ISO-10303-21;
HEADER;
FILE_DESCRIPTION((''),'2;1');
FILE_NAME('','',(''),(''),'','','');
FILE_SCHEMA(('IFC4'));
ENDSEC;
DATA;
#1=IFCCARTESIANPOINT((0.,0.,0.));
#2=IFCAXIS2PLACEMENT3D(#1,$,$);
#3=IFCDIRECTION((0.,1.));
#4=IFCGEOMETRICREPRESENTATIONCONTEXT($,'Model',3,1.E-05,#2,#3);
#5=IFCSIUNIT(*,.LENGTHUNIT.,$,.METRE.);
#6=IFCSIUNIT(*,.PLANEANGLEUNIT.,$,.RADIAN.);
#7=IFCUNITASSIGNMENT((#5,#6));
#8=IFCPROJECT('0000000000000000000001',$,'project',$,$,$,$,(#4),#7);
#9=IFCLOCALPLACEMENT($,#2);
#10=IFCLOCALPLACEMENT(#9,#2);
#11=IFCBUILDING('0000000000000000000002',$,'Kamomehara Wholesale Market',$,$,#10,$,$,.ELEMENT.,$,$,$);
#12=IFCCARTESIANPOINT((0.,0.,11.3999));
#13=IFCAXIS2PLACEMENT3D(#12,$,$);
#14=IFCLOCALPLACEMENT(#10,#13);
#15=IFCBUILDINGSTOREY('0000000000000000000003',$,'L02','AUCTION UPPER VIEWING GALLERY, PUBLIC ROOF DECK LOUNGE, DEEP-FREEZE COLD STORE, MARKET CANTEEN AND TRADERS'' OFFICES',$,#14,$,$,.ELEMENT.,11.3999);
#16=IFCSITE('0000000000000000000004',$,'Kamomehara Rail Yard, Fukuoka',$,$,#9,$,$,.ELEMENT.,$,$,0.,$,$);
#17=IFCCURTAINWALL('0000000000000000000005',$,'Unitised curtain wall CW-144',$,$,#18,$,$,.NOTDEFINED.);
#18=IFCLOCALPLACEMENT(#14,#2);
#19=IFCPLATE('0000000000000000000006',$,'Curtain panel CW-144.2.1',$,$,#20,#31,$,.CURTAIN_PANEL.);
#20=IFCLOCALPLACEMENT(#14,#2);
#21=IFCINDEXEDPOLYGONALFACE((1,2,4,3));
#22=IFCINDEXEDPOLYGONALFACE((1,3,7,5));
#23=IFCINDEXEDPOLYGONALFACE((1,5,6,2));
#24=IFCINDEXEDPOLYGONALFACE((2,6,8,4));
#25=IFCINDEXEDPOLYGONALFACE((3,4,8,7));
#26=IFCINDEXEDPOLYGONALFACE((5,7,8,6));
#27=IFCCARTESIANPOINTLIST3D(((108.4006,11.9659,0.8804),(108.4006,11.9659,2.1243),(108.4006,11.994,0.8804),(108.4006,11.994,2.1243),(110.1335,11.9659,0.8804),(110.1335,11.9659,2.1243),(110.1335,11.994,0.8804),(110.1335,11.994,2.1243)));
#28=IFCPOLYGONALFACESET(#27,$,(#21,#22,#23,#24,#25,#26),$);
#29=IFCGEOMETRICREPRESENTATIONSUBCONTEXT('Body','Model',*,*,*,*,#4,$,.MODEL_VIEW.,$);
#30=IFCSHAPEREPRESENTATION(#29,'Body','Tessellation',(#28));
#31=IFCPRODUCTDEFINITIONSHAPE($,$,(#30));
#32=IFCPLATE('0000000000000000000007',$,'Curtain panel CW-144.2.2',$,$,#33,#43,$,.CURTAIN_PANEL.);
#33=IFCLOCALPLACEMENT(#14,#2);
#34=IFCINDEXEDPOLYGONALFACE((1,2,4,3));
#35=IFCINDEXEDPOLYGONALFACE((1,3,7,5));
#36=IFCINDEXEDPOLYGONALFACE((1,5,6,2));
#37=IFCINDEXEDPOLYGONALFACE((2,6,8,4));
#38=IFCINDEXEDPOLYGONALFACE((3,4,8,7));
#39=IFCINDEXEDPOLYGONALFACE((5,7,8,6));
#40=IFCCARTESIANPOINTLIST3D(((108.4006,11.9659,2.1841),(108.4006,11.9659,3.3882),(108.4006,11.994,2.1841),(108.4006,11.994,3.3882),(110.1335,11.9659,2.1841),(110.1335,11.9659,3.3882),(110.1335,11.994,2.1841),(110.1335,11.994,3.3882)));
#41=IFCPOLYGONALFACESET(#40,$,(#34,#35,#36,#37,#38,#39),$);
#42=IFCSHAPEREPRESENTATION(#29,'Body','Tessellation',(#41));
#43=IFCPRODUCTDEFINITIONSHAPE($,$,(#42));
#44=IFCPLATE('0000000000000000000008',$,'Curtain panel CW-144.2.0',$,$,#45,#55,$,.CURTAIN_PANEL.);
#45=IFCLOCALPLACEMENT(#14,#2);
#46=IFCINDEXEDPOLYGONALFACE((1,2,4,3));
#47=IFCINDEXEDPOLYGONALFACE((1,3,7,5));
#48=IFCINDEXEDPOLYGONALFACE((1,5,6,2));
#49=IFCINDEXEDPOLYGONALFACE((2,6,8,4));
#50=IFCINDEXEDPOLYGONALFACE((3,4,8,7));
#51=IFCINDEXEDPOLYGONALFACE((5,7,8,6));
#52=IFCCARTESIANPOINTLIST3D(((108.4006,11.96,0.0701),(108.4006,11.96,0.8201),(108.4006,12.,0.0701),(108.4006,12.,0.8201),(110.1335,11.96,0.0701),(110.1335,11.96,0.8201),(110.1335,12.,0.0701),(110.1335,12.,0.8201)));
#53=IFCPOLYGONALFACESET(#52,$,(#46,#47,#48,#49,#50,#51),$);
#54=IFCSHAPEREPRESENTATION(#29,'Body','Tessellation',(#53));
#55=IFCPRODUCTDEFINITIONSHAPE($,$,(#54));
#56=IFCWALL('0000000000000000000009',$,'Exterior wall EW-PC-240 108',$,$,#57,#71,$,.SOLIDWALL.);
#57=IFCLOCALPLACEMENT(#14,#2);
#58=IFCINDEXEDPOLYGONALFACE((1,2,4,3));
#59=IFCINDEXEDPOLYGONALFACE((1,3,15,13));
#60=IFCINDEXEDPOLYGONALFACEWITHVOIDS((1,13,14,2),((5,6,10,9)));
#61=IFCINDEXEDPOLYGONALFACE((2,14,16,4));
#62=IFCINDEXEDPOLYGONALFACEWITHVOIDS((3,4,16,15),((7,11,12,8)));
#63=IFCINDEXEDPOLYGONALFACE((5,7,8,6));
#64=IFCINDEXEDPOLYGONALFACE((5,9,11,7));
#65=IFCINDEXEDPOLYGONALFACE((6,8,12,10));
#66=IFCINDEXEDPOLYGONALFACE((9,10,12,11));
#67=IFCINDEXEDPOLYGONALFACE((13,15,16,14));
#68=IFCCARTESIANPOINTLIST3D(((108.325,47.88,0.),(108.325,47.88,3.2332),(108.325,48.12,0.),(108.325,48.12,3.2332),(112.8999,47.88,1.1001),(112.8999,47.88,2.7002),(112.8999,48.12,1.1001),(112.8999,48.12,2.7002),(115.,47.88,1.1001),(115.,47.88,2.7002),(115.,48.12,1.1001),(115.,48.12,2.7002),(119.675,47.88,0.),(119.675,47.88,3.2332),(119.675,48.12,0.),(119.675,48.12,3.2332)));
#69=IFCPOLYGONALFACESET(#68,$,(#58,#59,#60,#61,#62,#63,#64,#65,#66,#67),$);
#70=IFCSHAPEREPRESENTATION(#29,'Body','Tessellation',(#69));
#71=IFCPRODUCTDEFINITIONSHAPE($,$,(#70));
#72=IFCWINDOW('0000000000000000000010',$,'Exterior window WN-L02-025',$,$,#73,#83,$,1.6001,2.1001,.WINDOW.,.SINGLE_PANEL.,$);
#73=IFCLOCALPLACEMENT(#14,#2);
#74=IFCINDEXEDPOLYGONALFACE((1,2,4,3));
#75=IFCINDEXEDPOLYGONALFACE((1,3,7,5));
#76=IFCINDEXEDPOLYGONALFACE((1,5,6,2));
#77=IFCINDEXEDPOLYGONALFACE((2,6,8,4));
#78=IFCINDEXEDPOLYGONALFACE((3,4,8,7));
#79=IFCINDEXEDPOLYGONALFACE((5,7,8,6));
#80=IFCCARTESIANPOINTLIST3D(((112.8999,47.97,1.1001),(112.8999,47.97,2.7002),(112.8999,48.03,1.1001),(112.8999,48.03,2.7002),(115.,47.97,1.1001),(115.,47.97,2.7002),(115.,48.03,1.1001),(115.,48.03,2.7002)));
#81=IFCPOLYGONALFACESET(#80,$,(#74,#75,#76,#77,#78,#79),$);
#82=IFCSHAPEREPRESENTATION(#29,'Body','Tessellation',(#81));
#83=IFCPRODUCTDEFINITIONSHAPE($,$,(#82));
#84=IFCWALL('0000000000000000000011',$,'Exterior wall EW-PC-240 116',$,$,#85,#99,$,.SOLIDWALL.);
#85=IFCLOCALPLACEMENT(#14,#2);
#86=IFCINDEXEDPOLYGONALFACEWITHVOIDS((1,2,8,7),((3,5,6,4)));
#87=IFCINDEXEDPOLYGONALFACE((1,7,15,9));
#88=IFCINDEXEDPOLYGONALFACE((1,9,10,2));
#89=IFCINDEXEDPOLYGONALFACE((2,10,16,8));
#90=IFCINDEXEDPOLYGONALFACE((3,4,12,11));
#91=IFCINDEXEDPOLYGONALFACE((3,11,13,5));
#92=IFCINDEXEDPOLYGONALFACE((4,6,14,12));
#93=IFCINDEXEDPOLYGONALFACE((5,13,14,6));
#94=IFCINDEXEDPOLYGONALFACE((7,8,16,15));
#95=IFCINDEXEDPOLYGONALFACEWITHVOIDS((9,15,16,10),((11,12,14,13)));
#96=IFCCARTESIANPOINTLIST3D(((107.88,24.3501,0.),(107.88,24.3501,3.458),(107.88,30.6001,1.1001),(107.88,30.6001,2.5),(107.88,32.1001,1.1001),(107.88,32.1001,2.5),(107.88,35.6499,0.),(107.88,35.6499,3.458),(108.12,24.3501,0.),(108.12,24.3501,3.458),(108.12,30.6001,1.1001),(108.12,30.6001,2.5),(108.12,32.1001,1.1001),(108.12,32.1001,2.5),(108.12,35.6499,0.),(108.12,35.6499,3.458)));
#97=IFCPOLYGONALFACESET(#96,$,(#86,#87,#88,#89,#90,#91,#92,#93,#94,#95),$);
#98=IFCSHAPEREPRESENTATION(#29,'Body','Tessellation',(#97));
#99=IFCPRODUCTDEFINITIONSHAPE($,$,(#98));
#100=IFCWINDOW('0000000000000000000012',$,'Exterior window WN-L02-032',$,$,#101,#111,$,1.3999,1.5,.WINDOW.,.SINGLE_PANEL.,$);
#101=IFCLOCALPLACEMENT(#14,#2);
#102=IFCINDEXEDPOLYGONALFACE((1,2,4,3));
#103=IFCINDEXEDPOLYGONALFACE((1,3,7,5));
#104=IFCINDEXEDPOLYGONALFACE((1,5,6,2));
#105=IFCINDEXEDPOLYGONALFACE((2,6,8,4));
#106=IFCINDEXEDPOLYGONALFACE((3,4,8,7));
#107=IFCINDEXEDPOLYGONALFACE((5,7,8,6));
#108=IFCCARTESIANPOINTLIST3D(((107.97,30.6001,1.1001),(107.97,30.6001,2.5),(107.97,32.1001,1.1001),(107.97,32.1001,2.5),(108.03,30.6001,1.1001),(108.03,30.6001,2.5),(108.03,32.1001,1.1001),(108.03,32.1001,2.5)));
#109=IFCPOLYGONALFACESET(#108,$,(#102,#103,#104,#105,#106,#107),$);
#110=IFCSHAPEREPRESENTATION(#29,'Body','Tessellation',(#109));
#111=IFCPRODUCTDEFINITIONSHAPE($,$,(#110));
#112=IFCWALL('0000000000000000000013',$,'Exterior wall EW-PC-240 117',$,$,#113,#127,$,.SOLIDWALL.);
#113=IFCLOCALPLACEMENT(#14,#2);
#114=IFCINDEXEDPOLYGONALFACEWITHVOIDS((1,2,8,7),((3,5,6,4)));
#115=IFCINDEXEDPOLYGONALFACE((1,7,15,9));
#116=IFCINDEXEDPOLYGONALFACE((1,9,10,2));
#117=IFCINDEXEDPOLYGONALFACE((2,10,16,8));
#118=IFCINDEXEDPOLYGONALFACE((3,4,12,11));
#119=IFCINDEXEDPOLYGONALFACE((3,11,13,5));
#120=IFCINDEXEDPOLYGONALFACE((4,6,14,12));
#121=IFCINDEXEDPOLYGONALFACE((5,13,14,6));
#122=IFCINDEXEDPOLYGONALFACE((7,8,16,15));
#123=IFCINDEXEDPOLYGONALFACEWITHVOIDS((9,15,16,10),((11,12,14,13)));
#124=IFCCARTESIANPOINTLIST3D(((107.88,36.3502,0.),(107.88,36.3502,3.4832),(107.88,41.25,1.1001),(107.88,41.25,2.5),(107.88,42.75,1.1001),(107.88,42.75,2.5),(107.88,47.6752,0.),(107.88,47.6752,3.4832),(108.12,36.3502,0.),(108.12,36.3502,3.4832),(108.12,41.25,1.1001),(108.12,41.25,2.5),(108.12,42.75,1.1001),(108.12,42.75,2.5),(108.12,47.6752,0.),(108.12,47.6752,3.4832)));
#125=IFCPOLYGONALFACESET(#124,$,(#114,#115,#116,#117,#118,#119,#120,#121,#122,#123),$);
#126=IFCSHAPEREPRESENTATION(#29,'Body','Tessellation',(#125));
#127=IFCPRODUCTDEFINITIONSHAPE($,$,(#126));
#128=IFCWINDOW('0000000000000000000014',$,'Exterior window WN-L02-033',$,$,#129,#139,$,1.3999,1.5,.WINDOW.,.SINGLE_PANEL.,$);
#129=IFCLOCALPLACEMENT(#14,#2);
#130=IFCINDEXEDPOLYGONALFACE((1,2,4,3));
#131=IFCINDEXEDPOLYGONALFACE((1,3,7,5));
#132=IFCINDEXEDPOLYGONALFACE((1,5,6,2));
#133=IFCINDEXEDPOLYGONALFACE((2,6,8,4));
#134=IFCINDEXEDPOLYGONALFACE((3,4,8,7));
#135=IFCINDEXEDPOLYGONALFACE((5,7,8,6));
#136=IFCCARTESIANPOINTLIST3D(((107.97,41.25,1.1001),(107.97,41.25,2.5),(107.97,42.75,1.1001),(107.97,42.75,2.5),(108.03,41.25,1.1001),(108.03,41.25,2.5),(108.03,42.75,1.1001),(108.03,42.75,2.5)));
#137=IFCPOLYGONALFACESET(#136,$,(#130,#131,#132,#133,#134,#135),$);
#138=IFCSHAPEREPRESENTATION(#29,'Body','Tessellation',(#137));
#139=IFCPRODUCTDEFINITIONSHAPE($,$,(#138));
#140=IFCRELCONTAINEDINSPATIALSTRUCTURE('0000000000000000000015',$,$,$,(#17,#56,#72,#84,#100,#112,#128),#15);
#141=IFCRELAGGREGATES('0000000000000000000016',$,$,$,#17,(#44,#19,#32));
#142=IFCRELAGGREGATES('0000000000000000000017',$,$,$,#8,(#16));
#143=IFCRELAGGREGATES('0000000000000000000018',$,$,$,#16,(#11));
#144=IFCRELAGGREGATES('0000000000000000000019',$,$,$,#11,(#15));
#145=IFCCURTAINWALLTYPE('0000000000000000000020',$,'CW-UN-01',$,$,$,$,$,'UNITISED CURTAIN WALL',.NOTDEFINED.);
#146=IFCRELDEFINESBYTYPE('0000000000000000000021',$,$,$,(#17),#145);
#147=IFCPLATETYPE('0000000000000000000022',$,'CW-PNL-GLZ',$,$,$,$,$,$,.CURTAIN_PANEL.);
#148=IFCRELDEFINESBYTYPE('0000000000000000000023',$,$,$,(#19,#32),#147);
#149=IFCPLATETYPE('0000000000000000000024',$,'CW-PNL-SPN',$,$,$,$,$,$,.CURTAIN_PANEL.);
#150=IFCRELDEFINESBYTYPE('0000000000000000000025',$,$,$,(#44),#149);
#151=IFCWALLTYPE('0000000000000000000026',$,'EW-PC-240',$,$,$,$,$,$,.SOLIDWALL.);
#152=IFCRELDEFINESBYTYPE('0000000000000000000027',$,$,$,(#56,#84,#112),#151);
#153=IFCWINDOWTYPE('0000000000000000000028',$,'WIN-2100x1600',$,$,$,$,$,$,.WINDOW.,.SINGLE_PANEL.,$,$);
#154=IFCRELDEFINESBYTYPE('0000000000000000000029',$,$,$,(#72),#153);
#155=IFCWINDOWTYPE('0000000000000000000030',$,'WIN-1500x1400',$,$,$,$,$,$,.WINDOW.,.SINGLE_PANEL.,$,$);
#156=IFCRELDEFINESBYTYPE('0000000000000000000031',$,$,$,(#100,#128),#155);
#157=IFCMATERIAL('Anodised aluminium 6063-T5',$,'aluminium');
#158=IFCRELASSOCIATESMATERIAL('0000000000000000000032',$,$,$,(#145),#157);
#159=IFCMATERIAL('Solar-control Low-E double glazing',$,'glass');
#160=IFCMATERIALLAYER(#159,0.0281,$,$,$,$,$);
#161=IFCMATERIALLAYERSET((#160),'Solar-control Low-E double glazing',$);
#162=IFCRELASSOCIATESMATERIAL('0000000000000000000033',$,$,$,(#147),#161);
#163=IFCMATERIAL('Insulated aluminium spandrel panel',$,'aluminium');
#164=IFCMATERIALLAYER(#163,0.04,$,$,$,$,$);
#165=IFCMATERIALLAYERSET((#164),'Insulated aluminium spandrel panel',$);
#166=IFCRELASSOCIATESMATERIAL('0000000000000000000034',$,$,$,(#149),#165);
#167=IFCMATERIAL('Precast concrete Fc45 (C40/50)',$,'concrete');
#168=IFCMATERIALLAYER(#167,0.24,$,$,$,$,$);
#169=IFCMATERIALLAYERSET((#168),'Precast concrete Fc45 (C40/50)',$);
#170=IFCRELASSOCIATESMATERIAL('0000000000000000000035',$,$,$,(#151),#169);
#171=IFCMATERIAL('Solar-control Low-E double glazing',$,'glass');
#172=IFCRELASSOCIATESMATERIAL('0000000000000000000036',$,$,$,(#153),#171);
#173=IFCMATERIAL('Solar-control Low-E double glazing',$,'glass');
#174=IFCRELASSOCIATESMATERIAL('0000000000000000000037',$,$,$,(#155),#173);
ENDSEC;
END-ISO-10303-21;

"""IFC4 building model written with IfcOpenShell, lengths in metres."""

from ifc_helpers import new_model, si_unit, direction, frame, frame_2d, origin, origin_2d, place, context, subcontext, project, spatial, rectangle, extrude, material, layer, layer_set, type_object, element, fill, aggregate, save


model = new_model("IFC4")

# Units and contexts
model_context = context("Model", 3, precision=1e-05, world=origin(), true_north=direction((0.0, 1.0)))
body_context = subcontext(model_context, "Body", "Model", "MODEL_VIEW")
ifc_project = project(units=[si_unit("LENGTHUNIT", "METRE"), si_unit("PLANEANGLEUNIT", "RADIAN")], contexts=[model_context])

# Site, building, storey
site_placement = place(None, origin())
site = spatial("IfcSite", under=ifc_project, at=site_placement, Name="Kamomehara Rail Yard, Fukuoka", CompositionType="ELEMENT", RefElevation=0.0)
building_placement = place(site_placement, origin())
building = spatial("IfcBuilding", under=site, at=building_placement, Name="Kamomehara Wholesale Market", CompositionType="ELEMENT")
storey_placement = place(building_placement, frame((0.0, 0.0, 11.3999)))
storey = spatial("IfcBuildingStorey", under=building, at=storey_placement, Name="L02", Description="AUCTION UPPER VIEWING GALLERY, PUBLIC ROOF DECK LOUNGE, DEEP-FREEZE COLD STORE, MARKET CANTEEN AND TRADERS' OFFICES", CompositionType="ELEMENT", Elevation=11.3999)

# Curtain wall, plates
ifc_material_1 = material(Name="Anodised aluminium 6063-T5", Category="aluminium")
curtain_wall_type = type_object("IfcCurtainWallType", Name="CW-UN-01", ElementType="UNITISED CURTAIN WALL", PredefinedType="NOTDEFINED", material=ifc_material_1)
curtain_wall_placement = place(storey_placement, origin())
curtain_wall = element("IfcCurtainWall", 1, at=curtain_wall_placement, inside=storey, type_object=curtain_wall_type, Name="Unitised curtain wall CW-144", PredefinedType="NOTDEFINED")
ifc_material_2 = material(Name="Solar-control Low-E double glazing", Category="glass")
ifc_layer_1 = layer(ifc_material_2, 0.0281)
ifc_layer_set_1 = layer_set([ifc_layer_1], Name="Solar-control Low-E double glazing")
plate_type_1 = type_object("IfcPlateType", Name="CW-PNL-GLZ", PredefinedType="CURTAIN_PANEL", material=ifc_layer_set_1)
plate_1_placement = place(storey_placement, frame((109.2671, 11.98, 0.8804), z_axis=(0.0, 0.0, 1.0), x_axis=(-1.0, 0.0, 0.0)))
plate_1 = element("IfcPlate", 2, at=plate_1_placement, type_object=plate_type_1, Name="Curtain panel CW-144.2.1", PredefinedType="CURTAIN_PANEL", context=body_context, shape_type="SweptSolid", body=[
    extrude(rectangle(XDim=1.7329, YDim=0.0281, at=origin_2d()), origin(), (0.0, 0.0, 1.0), 1.2439),
])
plate_2_placement = place(storey_placement, frame((109.2671, 11.98, 2.1841), z_axis=(0.0, 0.0, 1.0), x_axis=(-1.0, 0.0, 0.0)))
plate_2 = element("IfcPlate", 3, at=plate_2_placement, type_object=plate_type_1, Name="Curtain panel CW-144.2.2", PredefinedType="CURTAIN_PANEL", context=body_context, shape_type="SweptSolid", body=[
    extrude(rectangle(XDim=1.7329, YDim=0.0281, at=origin_2d()), origin(), (0.0, 0.0, 1.0), 1.2041),
])
ifc_material_3 = material(Name="Insulated aluminium spandrel panel", Category="aluminium")
ifc_layer_2 = layer(ifc_material_3, 0.04)
ifc_layer_set_2 = layer_set([ifc_layer_2], Name="Insulated aluminium spandrel panel")
plate_type_2 = type_object("IfcPlateType", Name="CW-PNL-SPN", PredefinedType="CURTAIN_PANEL", material=ifc_layer_set_2)
plate_3_placement = place(storey_placement, frame((109.2671, 11.98, 0.0701), z_axis=(0.0, 0.0, 1.0), x_axis=(-1.0, 0.0, 0.0)))
plate_3 = element("IfcPlate", 4, at=plate_3_placement, type_object=plate_type_2, Name="Curtain panel CW-144.2.0", PredefinedType="CURTAIN_PANEL", context=body_context, shape_type="SweptSolid", body=[
    extrude(rectangle(XDim=1.7329, YDim=0.04, at=origin_2d()), origin(), (0.0, 0.0, 1.0), 0.75),
])
aggregate(curtain_wall, [plate_3, plate_1, plate_2])

# Walls, openings, windows
ifc_material_4 = material(Name="Precast concrete Fc45 (C40/50)", Category="concrete")
ifc_layer_3 = layer(ifc_material_4, 0.24)
ifc_layer_set_3 = layer_set([ifc_layer_3], Name="Precast concrete Fc45 (C40/50)")
wall_type_1 = type_object("IfcWallType", Name="EW-PC-240", PredefinedType="SOLIDWALL", material=ifc_layer_set_3)
wall_1_placement = place(storey_placement, frame((108.325, 48.0, 0.0), z_axis=(0.0, 0.0, 1.0), x_axis=(1.0, 0.0, 0.0)))
wall_1 = element("IfcWall", 5, at=wall_1_placement, inside=storey, type_object=wall_type_1, Name="Exterior wall EW-PC-240 108", PredefinedType="SOLIDWALL", context=body_context, shape_type="SweptSolid", body=[
    extrude(rectangle(XDim=11.3501, YDim=0.24, at=frame_2d((5.675, 0.0))), origin(), (0.0, 0.0, 1.0), 3.2332),
])
opening_1_placement = place(wall_1_placement, frame((4.575, 0.0, 1.1001)))
opening_1 = element("IfcOpeningElement", 6, at=opening_1_placement, cuts=wall_1, PredefinedType="OPENING", context=body_context, shape_type="SweptSolid", body=[
    extrude(rectangle(XDim=2.1001, YDim=1.6001, at=frame_2d((1.05, 0.8))), frame((0.0, 0.1348, 0.0), z_axis=(0.0, -1.0, 0.0), x_axis=(1.0, 0.0, 0.0)), (0.0, 0.0, 1.0), 0.2698),
])
ifc_material_5 = material(Name="Solar-control Low-E double glazing", Category="glass")
window_type_1 = type_object("IfcWindowType", Name="WIN-2100x1600", PartitioningType="SINGLE_PANEL", PredefinedType="WINDOW", material=ifc_material_5)
window_1_placement = place(opening_1_placement, origin())
window_1 = element("IfcWindow", 7, at=window_1_placement, inside=storey, type_object=window_type_1, Name="Exterior window WN-L02-025", OverallHeight=1.6001, OverallWidth=2.1001, PartitioningType="SINGLE_PANEL", PredefinedType="WINDOW", context=body_context, shape_type="SweptSolid", body=[
    extrude(rectangle(XDim=2.1001, YDim=1.6001, at=frame_2d((1.05, 0.8))), frame((0.0, 0.03, 0.0), z_axis=(0.0, -1.0, 0.0), x_axis=(1.0, 0.0, 0.0)), (0.0, 0.0, 1.0), 0.0601),
])
fill(opening_1, window_1)
wall_2_placement = place(storey_placement, frame((108.0, 24.3501, 0.0), z_axis=(0.0, 0.0, 1.0), x_axis=(0.0, 1.0, 0.0)))
wall_2 = element("IfcWall", 8, at=wall_2_placement, inside=storey, type_object=wall_type_1, Name="Exterior wall EW-PC-240 116", PredefinedType="SOLIDWALL", context=body_context, shape_type="SweptSolid", body=[
    extrude(rectangle(XDim=11.2998, YDim=0.24, at=frame_2d((5.6499, 0.0))), origin(), (0.0, 0.0, 1.0), 3.458),
])
opening_2_placement = place(wall_2_placement, frame((6.25, 0.0, 1.1001)))
opening_2 = element("IfcOpeningElement", 9, at=opening_2_placement, cuts=wall_2, PredefinedType="OPENING", context=body_context, shape_type="SweptSolid", body=[
    extrude(rectangle(XDim=1.5, YDim=1.3999, at=frame_2d((0.75, 0.7))), frame((0.0, 0.1348, 0.0), z_axis=(0.0, -1.0, 0.0), x_axis=(1.0, 0.0, 0.0)), (0.0, 0.0, 1.0), 0.2698),
])
ifc_material_6 = material(Name="Solar-control Low-E double glazing", Category="glass")
window_type_2 = type_object("IfcWindowType", Name="WIN-1500x1400", PartitioningType="SINGLE_PANEL", PredefinedType="WINDOW", material=ifc_material_6)
window_2_placement = place(opening_2_placement, origin())
window_2 = element("IfcWindow", 10, at=window_2_placement, inside=storey, type_object=window_type_2, Name="Exterior window WN-L02-032", OverallHeight=1.3999, OverallWidth=1.5, PartitioningType="SINGLE_PANEL", PredefinedType="WINDOW", context=body_context, shape_type="SweptSolid", body=[
    extrude(rectangle(XDim=1.5, YDim=1.3999, at=frame_2d((0.75, 0.7))), frame((0.0, 0.03, 0.0), z_axis=(0.0, -1.0, 0.0), x_axis=(1.0, 0.0, 0.0)), (0.0, 0.0, 1.0), 0.0601),
])
fill(opening_2, window_2)
wall_3_placement = place(storey_placement, frame((108.0, 36.3501, 0.0), z_axis=(0.0, 0.0, 1.0), x_axis=(0.0, 1.0, 0.0)))
wall_3 = element("IfcWall", 11, at=wall_3_placement, inside=storey, type_object=wall_type_1, Name="Exterior wall EW-PC-240 117", PredefinedType="SOLIDWALL", context=body_context, shape_type="SweptSolid", body=[
    extrude(rectangle(XDim=11.325, YDim=0.24, at=frame_2d((5.6626, 0.0))), origin(), (0.0, 0.0, 1.0), 3.4832),
])
opening_3_placement = place(wall_3_placement, frame((4.8999, 0.0, 1.1001)))
opening_3 = element("IfcOpeningElement", 12, at=opening_3_placement, cuts=wall_3, PredefinedType="OPENING", context=body_context, shape_type="SweptSolid", body=[
    extrude(rectangle(XDim=1.5, YDim=1.3999, at=frame_2d((0.75, 0.7))), frame((0.0, 0.1348, 0.0), z_axis=(0.0, -1.0, 0.0), x_axis=(1.0, 0.0, 0.0)), (0.0, 0.0, 1.0), 0.2698),
])
window_3_placement = place(opening_3_placement, origin())
window_3 = element("IfcWindow", 13, at=window_3_placement, inside=storey, type_object=window_type_2, Name="Exterior window WN-L02-033", OverallHeight=1.3999, OverallWidth=1.5, PartitioningType="SINGLE_PANEL", PredefinedType="WINDOW", context=body_context, shape_type="SweptSolid", body=[
    extrude(rectangle(XDim=1.5, YDim=1.3999, at=frame_2d((0.75, 0.7))), frame((0.0, 0.03, 0.0), z_axis=(0.0, -1.0, 0.0), x_axis=(1.0, 0.0, 0.0)), (0.0, 0.0, 1.0), 0.0601),
])
fill(opening_3, window_3)

save(model, "model.ifc")
